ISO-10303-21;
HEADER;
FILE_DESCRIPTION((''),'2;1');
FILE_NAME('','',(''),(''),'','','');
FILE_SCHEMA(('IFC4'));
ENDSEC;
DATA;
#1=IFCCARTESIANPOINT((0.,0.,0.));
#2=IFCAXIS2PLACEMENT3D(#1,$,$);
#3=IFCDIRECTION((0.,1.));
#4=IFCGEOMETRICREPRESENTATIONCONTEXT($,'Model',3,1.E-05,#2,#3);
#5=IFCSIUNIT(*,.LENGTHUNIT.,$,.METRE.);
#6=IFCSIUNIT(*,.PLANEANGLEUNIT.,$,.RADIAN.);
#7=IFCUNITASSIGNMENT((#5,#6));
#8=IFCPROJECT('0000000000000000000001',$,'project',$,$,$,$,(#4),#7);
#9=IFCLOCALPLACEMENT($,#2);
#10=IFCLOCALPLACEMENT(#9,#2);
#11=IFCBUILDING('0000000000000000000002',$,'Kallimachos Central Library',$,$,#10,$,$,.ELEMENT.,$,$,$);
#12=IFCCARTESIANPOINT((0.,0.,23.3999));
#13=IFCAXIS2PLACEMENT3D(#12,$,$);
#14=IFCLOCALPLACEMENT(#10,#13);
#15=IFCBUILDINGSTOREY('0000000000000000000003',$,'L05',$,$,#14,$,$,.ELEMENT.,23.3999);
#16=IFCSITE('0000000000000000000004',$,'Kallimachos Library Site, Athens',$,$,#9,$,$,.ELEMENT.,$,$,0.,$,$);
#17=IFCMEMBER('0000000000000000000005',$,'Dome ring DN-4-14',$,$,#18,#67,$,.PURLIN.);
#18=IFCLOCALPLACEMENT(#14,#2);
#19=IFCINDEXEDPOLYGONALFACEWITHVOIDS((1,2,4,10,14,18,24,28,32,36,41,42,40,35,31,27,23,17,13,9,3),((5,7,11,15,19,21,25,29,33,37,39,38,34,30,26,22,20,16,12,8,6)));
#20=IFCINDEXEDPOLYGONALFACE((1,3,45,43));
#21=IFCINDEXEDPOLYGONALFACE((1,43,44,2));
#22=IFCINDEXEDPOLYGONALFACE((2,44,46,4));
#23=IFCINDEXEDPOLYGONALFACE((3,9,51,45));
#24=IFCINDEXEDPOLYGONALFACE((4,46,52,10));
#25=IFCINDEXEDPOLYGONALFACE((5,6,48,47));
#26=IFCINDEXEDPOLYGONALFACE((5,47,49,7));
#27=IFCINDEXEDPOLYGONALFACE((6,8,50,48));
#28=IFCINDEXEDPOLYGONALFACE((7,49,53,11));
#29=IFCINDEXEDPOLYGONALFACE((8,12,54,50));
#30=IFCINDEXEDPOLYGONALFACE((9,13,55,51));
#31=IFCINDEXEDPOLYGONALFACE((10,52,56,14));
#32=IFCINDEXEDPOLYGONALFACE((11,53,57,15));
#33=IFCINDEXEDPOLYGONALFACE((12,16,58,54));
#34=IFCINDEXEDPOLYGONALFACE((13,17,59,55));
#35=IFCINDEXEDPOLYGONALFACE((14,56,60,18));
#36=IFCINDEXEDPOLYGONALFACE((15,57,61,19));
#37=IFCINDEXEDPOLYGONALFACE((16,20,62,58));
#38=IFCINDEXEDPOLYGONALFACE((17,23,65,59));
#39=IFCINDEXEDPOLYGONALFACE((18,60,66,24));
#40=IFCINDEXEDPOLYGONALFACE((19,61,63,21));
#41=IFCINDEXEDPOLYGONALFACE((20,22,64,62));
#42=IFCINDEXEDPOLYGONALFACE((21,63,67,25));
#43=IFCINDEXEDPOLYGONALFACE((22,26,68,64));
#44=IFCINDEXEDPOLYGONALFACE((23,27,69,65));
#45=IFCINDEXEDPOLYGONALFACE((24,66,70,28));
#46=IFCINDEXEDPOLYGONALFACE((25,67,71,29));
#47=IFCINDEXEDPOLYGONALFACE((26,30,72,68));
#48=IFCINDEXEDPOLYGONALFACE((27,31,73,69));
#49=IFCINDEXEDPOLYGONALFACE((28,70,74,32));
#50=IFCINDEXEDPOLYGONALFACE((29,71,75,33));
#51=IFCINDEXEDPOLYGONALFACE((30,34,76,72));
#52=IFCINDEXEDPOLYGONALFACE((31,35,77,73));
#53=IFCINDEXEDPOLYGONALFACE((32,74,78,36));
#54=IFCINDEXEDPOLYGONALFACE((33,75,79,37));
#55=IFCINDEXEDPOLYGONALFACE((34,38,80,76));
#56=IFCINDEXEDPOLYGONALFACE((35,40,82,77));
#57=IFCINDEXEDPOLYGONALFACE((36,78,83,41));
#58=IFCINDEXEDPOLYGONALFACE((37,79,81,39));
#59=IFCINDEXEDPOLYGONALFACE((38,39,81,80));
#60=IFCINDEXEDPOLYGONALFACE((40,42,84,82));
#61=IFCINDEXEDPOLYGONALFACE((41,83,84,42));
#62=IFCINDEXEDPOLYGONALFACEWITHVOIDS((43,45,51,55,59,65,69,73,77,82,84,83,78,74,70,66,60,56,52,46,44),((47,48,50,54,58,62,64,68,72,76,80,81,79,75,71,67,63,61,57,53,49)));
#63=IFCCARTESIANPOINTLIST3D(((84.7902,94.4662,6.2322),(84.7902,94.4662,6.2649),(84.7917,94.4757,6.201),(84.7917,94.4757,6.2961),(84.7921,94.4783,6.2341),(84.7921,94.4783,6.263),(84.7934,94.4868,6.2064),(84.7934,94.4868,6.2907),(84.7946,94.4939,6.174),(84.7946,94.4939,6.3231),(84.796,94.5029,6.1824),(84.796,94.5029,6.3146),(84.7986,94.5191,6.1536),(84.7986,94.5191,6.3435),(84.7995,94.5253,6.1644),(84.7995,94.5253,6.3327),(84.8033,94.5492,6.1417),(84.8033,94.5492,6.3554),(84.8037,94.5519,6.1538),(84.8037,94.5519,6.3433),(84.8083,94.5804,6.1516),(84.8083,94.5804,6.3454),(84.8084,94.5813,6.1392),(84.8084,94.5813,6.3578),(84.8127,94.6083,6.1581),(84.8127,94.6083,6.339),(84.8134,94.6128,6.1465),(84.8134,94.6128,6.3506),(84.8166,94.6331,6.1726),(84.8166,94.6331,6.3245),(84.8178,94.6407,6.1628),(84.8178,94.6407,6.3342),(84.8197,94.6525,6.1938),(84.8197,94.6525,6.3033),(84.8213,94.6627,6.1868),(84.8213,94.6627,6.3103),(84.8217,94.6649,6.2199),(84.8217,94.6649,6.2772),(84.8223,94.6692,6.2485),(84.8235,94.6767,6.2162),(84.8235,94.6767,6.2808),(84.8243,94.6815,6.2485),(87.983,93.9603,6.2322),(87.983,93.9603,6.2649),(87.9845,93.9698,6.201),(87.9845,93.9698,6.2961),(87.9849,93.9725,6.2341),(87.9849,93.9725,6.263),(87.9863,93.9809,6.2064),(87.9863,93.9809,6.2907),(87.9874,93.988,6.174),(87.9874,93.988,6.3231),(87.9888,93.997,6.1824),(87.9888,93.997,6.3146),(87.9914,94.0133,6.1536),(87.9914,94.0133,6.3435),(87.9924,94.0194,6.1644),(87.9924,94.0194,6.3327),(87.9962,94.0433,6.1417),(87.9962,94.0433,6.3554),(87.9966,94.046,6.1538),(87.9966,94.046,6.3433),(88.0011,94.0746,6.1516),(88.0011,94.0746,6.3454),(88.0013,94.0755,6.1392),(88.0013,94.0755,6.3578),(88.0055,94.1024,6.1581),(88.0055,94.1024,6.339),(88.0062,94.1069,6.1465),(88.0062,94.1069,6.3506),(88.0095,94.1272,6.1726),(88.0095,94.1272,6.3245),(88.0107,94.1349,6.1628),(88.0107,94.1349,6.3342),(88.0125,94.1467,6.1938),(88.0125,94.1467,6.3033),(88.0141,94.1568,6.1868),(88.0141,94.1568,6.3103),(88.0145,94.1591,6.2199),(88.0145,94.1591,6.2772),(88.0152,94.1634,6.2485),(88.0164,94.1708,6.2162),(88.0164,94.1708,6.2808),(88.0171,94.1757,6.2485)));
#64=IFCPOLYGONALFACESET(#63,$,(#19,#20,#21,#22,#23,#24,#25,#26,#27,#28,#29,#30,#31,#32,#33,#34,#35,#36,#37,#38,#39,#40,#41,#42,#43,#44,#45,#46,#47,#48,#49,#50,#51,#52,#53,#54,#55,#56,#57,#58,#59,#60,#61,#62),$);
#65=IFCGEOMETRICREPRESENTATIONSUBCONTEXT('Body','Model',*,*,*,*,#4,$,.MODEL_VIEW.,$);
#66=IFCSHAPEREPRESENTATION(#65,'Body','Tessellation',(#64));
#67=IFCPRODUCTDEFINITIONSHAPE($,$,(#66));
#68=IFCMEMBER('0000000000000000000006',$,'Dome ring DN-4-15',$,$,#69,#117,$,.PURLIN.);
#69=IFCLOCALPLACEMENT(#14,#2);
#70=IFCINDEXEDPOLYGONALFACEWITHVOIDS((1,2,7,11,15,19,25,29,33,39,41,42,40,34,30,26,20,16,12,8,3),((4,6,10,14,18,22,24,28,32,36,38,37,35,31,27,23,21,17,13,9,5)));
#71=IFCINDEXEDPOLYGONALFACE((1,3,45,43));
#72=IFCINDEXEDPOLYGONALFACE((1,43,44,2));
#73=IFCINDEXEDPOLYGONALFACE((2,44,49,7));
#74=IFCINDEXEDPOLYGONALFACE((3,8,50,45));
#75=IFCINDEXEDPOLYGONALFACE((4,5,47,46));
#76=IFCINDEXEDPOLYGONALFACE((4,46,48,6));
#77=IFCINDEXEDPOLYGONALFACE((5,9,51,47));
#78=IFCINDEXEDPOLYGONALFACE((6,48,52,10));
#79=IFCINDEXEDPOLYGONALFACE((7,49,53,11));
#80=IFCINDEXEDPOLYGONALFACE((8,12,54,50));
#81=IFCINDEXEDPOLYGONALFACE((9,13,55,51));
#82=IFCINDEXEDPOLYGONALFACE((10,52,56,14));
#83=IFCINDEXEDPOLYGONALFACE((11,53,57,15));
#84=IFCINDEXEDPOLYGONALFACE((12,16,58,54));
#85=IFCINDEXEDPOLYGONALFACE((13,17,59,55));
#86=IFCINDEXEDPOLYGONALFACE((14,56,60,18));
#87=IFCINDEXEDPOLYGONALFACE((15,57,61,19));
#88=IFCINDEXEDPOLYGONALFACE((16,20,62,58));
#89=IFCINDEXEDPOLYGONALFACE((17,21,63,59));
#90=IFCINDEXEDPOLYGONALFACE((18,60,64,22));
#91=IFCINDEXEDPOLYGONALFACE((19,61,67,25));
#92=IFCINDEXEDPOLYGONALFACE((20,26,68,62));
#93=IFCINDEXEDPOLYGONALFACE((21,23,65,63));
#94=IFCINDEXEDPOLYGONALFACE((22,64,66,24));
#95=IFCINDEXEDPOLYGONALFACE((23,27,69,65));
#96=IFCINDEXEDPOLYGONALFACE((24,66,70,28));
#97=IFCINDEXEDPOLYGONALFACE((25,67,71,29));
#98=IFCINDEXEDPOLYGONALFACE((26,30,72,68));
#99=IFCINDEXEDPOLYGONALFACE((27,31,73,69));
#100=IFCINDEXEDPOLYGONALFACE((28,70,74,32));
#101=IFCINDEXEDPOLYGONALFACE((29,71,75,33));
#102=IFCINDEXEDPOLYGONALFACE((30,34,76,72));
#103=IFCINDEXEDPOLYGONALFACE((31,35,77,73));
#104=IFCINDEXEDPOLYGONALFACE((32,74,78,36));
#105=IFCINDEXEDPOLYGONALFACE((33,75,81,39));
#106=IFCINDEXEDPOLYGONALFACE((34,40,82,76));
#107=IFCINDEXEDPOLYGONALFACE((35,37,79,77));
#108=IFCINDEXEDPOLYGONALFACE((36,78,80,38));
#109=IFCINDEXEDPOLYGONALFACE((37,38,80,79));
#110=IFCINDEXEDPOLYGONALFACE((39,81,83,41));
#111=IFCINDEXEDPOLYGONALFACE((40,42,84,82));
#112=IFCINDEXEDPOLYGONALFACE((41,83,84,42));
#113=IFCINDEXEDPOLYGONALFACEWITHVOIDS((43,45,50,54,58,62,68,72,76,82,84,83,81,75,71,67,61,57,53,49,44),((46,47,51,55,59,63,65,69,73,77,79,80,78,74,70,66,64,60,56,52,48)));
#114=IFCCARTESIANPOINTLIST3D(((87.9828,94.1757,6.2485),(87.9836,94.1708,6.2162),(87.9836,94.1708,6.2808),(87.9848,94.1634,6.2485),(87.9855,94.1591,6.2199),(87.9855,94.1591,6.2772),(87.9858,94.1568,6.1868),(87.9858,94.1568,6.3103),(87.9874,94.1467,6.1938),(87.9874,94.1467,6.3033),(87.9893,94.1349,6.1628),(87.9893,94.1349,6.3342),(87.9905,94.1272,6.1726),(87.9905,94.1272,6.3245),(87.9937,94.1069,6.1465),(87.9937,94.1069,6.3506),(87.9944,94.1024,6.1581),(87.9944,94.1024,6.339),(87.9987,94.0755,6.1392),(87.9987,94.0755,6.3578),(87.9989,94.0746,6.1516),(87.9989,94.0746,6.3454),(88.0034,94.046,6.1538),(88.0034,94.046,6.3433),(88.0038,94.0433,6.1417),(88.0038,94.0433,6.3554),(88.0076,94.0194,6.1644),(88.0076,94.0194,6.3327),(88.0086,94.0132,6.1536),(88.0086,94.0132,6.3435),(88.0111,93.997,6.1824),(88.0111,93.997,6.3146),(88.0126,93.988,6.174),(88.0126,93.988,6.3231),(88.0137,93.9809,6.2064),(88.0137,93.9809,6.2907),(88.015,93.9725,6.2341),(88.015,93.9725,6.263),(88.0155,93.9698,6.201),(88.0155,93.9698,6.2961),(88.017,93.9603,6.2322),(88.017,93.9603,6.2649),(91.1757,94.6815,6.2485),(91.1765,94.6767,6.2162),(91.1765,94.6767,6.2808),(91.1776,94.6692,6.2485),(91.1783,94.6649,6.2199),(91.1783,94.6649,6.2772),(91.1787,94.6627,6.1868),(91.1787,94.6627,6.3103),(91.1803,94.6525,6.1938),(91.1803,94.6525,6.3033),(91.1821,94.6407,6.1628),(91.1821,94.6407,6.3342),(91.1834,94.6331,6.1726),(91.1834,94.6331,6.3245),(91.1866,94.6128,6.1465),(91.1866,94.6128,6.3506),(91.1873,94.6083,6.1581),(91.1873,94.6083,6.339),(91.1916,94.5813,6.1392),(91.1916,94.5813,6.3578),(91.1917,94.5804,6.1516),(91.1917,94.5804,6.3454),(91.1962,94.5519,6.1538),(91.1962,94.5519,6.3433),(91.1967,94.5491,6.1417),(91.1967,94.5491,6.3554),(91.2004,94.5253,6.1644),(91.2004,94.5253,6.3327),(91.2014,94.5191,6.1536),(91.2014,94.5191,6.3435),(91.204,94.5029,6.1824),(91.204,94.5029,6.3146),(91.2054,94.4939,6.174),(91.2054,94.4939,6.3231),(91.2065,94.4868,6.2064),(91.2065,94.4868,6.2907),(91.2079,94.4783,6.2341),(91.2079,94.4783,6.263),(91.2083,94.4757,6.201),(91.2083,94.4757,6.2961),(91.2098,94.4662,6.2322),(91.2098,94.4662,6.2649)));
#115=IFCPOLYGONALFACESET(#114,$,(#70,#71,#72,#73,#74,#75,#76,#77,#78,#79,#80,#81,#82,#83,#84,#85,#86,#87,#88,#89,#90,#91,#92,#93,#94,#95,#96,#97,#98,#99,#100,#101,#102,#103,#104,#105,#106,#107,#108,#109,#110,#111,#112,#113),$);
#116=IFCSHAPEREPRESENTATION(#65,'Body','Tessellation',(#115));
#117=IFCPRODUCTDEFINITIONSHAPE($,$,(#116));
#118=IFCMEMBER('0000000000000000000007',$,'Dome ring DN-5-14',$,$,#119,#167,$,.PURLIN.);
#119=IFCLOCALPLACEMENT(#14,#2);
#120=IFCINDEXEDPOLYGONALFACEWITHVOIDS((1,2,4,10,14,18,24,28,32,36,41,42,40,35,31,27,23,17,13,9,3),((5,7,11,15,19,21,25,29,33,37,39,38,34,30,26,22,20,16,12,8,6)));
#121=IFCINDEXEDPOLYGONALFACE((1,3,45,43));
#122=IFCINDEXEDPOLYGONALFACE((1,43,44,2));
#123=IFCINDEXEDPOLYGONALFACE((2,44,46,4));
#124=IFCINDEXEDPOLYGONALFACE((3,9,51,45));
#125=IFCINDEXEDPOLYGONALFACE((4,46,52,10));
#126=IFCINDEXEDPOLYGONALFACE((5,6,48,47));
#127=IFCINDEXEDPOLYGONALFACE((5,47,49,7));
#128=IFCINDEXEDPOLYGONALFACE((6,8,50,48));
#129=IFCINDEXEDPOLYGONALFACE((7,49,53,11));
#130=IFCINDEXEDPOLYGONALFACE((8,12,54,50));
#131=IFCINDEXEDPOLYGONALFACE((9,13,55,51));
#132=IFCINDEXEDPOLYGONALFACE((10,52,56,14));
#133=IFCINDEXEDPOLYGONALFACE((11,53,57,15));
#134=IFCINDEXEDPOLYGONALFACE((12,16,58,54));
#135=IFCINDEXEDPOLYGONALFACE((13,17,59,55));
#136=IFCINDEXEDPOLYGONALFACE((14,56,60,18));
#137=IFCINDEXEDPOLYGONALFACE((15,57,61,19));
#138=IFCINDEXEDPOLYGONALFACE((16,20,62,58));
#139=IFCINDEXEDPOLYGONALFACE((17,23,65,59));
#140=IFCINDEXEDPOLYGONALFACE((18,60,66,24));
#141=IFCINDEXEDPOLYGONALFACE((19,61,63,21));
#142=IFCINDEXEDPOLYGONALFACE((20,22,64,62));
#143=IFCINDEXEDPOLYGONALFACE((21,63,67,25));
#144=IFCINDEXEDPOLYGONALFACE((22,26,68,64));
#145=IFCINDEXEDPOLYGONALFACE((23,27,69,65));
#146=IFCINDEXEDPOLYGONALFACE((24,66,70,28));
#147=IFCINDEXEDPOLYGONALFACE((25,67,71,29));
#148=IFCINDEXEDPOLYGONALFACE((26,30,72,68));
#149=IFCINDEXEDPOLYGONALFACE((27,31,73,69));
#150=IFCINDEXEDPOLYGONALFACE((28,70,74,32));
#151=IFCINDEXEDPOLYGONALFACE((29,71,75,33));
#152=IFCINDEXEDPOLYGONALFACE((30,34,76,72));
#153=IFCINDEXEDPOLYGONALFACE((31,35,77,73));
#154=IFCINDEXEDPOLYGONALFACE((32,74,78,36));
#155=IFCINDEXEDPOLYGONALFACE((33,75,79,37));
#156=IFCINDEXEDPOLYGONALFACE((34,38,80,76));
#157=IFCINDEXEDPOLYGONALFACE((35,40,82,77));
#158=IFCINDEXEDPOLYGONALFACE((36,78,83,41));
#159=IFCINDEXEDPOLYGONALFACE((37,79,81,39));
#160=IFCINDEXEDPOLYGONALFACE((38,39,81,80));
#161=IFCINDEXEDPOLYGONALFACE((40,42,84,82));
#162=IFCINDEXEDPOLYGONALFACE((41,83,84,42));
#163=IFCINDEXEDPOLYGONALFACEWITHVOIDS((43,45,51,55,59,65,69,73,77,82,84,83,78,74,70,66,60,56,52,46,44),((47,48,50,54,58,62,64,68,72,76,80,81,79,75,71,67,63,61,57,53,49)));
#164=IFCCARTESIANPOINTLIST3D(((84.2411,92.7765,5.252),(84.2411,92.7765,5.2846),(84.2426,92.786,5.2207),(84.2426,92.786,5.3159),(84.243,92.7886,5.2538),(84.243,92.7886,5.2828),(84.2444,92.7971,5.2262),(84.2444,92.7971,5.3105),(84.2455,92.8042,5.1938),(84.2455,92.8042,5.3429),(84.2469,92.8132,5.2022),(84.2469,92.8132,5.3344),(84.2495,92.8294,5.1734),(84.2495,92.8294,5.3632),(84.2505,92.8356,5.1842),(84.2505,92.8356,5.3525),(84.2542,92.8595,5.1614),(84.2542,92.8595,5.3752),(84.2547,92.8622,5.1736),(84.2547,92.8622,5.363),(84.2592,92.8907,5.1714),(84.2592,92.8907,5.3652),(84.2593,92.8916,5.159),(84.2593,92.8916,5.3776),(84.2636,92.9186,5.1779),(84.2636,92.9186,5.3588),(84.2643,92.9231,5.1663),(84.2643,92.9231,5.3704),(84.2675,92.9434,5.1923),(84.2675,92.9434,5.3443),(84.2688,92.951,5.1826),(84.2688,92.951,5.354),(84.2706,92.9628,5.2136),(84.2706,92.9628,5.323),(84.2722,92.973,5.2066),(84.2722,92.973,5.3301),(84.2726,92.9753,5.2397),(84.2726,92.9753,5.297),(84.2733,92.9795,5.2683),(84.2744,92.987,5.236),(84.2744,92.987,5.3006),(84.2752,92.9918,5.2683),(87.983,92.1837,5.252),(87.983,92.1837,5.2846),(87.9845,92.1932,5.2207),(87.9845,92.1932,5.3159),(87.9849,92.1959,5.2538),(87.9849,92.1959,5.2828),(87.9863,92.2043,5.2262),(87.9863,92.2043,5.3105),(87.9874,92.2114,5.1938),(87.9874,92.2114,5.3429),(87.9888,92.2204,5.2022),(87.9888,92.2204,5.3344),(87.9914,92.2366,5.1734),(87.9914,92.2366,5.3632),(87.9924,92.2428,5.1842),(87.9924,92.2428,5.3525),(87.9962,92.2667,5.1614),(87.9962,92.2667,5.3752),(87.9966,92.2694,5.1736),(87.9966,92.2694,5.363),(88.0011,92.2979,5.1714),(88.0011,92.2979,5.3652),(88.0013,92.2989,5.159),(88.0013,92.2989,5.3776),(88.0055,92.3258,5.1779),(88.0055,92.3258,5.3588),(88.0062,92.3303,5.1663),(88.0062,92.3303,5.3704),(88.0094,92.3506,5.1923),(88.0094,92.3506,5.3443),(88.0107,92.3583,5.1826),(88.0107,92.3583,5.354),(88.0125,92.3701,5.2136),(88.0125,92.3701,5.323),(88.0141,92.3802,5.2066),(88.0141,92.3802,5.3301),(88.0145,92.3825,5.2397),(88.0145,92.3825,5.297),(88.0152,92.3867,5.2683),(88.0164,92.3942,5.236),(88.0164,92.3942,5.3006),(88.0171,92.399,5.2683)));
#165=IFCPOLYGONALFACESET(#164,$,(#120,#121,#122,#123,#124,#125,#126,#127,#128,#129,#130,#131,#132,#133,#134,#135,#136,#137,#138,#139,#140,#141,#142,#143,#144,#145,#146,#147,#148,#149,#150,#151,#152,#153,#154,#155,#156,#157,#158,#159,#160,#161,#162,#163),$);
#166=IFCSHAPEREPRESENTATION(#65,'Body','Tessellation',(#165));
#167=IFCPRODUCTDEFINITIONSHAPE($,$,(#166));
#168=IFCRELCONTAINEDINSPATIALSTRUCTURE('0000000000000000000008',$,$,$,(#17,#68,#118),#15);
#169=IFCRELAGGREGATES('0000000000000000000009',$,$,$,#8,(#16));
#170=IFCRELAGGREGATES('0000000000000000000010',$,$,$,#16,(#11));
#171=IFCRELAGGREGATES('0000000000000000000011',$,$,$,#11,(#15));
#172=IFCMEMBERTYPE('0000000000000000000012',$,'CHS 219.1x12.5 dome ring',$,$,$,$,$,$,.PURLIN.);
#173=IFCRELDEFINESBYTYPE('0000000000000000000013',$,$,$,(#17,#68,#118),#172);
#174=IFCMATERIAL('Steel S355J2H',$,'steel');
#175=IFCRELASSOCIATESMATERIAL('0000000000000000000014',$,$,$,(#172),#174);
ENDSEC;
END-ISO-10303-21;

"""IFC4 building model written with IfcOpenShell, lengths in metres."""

from ifc_helpers import new_model, si_unit, direction, frame, origin, origin_2d, place, context, subcontext, project, spatial, hollow_circle, extrude, material, material_profile, profile_set, type_object, element, save


model = new_model("IFC4")

# Units and contexts
model_context = context("Model", 3, precision=1e-05, world=origin(), true_north=direction((0.0, 1.0)))
body_context = subcontext(model_context, "Body", "Model", "MODEL_VIEW")
ifc_project = project(units=[si_unit("LENGTHUNIT", "METRE"), si_unit("PLANEANGLEUNIT", "RADIAN")], contexts=[model_context])

# Site, building, storey
site_placement = place(None, origin())
site = spatial("IfcSite", under=ifc_project, at=site_placement, Name="Kallimachos Library Site, Athens", CompositionType="ELEMENT", RefElevation=0.0)
building_placement = place(site_placement, origin())
building = spatial("IfcBuilding", under=site, at=building_placement, Name="Kallimachos Central Library", CompositionType="ELEMENT")
storey_placement = place(building_placement, frame((0.0, 0.0, 23.3999)))
storey = spatial("IfcBuildingStorey", under=building, at=storey_placement, Name="L05", CompositionType="ELEMENT", Elevation=23.3999)

# Members
ifc_material_1 = material(Name="Steel S355J2H", Category="steel")
ifc_material_profile_1 = material_profile(ifc_material_1, hollow_circle(Radius=0.1096, WallThickness=0.0125, at=origin_2d()), Name="CHS 219.1x12.5")
ifc_profile_set_1 = profile_set([ifc_material_profile_1], Name="Steel S355J2H")
member_type_1 = type_object("IfcMemberType", Name="CHS 219.1x12.5 dome ring", PredefinedType="PURLIN", material=ifc_profile_set_1)
for number, where, z_axis, x_axis, name in (
    (1, (84.8071, 94.5732, 6.2485), (0.987681, -0.156482, 0.0), (0.156482, 0.987681, 0.0), "Dome ring DN-4-14"),
    (2, (88.0, 94.0674, 6.2485), (0.987681, 0.156482, 0.0), (-0.156482, 0.987681, 0.0), "Dome ring DN-4-15"),
):
    element("IfcMember", number, at=place(storey_placement, frame(where, z_axis=z_axis, x_axis=x_axis)), inside=storey, type_object=member_type_1, Name=name, PredefinedType="PURLIN", context=body_context, shape_type="SweptSolid", body=[
        extrude(hollow_circle(Radius=0.1096, WallThickness=0.0125, at=origin_2d()), origin(), (0.0, 0.0, 1.0), 3.2327),
    ])
member_1_placement = place(storey_placement, frame((84.2581, 92.8835, 5.2683), z_axis=(0.987684, -0.156462, 0.0), x_axis=(0.156462, 0.987684, 0.0)))
element("IfcMember", 3, at=member_1_placement, inside=storey, type_object=member_type_1, Name="Dome ring DN-5-14", PredefinedType="PURLIN", context=body_context, shape_type="SweptSolid", body=[
    extrude(hollow_circle(Radius=0.1096, WallThickness=0.0125, at=origin_2d()), origin(), (0.0, 0.0, 1.0), 3.7886),
])

save(model, "model.ifc")
